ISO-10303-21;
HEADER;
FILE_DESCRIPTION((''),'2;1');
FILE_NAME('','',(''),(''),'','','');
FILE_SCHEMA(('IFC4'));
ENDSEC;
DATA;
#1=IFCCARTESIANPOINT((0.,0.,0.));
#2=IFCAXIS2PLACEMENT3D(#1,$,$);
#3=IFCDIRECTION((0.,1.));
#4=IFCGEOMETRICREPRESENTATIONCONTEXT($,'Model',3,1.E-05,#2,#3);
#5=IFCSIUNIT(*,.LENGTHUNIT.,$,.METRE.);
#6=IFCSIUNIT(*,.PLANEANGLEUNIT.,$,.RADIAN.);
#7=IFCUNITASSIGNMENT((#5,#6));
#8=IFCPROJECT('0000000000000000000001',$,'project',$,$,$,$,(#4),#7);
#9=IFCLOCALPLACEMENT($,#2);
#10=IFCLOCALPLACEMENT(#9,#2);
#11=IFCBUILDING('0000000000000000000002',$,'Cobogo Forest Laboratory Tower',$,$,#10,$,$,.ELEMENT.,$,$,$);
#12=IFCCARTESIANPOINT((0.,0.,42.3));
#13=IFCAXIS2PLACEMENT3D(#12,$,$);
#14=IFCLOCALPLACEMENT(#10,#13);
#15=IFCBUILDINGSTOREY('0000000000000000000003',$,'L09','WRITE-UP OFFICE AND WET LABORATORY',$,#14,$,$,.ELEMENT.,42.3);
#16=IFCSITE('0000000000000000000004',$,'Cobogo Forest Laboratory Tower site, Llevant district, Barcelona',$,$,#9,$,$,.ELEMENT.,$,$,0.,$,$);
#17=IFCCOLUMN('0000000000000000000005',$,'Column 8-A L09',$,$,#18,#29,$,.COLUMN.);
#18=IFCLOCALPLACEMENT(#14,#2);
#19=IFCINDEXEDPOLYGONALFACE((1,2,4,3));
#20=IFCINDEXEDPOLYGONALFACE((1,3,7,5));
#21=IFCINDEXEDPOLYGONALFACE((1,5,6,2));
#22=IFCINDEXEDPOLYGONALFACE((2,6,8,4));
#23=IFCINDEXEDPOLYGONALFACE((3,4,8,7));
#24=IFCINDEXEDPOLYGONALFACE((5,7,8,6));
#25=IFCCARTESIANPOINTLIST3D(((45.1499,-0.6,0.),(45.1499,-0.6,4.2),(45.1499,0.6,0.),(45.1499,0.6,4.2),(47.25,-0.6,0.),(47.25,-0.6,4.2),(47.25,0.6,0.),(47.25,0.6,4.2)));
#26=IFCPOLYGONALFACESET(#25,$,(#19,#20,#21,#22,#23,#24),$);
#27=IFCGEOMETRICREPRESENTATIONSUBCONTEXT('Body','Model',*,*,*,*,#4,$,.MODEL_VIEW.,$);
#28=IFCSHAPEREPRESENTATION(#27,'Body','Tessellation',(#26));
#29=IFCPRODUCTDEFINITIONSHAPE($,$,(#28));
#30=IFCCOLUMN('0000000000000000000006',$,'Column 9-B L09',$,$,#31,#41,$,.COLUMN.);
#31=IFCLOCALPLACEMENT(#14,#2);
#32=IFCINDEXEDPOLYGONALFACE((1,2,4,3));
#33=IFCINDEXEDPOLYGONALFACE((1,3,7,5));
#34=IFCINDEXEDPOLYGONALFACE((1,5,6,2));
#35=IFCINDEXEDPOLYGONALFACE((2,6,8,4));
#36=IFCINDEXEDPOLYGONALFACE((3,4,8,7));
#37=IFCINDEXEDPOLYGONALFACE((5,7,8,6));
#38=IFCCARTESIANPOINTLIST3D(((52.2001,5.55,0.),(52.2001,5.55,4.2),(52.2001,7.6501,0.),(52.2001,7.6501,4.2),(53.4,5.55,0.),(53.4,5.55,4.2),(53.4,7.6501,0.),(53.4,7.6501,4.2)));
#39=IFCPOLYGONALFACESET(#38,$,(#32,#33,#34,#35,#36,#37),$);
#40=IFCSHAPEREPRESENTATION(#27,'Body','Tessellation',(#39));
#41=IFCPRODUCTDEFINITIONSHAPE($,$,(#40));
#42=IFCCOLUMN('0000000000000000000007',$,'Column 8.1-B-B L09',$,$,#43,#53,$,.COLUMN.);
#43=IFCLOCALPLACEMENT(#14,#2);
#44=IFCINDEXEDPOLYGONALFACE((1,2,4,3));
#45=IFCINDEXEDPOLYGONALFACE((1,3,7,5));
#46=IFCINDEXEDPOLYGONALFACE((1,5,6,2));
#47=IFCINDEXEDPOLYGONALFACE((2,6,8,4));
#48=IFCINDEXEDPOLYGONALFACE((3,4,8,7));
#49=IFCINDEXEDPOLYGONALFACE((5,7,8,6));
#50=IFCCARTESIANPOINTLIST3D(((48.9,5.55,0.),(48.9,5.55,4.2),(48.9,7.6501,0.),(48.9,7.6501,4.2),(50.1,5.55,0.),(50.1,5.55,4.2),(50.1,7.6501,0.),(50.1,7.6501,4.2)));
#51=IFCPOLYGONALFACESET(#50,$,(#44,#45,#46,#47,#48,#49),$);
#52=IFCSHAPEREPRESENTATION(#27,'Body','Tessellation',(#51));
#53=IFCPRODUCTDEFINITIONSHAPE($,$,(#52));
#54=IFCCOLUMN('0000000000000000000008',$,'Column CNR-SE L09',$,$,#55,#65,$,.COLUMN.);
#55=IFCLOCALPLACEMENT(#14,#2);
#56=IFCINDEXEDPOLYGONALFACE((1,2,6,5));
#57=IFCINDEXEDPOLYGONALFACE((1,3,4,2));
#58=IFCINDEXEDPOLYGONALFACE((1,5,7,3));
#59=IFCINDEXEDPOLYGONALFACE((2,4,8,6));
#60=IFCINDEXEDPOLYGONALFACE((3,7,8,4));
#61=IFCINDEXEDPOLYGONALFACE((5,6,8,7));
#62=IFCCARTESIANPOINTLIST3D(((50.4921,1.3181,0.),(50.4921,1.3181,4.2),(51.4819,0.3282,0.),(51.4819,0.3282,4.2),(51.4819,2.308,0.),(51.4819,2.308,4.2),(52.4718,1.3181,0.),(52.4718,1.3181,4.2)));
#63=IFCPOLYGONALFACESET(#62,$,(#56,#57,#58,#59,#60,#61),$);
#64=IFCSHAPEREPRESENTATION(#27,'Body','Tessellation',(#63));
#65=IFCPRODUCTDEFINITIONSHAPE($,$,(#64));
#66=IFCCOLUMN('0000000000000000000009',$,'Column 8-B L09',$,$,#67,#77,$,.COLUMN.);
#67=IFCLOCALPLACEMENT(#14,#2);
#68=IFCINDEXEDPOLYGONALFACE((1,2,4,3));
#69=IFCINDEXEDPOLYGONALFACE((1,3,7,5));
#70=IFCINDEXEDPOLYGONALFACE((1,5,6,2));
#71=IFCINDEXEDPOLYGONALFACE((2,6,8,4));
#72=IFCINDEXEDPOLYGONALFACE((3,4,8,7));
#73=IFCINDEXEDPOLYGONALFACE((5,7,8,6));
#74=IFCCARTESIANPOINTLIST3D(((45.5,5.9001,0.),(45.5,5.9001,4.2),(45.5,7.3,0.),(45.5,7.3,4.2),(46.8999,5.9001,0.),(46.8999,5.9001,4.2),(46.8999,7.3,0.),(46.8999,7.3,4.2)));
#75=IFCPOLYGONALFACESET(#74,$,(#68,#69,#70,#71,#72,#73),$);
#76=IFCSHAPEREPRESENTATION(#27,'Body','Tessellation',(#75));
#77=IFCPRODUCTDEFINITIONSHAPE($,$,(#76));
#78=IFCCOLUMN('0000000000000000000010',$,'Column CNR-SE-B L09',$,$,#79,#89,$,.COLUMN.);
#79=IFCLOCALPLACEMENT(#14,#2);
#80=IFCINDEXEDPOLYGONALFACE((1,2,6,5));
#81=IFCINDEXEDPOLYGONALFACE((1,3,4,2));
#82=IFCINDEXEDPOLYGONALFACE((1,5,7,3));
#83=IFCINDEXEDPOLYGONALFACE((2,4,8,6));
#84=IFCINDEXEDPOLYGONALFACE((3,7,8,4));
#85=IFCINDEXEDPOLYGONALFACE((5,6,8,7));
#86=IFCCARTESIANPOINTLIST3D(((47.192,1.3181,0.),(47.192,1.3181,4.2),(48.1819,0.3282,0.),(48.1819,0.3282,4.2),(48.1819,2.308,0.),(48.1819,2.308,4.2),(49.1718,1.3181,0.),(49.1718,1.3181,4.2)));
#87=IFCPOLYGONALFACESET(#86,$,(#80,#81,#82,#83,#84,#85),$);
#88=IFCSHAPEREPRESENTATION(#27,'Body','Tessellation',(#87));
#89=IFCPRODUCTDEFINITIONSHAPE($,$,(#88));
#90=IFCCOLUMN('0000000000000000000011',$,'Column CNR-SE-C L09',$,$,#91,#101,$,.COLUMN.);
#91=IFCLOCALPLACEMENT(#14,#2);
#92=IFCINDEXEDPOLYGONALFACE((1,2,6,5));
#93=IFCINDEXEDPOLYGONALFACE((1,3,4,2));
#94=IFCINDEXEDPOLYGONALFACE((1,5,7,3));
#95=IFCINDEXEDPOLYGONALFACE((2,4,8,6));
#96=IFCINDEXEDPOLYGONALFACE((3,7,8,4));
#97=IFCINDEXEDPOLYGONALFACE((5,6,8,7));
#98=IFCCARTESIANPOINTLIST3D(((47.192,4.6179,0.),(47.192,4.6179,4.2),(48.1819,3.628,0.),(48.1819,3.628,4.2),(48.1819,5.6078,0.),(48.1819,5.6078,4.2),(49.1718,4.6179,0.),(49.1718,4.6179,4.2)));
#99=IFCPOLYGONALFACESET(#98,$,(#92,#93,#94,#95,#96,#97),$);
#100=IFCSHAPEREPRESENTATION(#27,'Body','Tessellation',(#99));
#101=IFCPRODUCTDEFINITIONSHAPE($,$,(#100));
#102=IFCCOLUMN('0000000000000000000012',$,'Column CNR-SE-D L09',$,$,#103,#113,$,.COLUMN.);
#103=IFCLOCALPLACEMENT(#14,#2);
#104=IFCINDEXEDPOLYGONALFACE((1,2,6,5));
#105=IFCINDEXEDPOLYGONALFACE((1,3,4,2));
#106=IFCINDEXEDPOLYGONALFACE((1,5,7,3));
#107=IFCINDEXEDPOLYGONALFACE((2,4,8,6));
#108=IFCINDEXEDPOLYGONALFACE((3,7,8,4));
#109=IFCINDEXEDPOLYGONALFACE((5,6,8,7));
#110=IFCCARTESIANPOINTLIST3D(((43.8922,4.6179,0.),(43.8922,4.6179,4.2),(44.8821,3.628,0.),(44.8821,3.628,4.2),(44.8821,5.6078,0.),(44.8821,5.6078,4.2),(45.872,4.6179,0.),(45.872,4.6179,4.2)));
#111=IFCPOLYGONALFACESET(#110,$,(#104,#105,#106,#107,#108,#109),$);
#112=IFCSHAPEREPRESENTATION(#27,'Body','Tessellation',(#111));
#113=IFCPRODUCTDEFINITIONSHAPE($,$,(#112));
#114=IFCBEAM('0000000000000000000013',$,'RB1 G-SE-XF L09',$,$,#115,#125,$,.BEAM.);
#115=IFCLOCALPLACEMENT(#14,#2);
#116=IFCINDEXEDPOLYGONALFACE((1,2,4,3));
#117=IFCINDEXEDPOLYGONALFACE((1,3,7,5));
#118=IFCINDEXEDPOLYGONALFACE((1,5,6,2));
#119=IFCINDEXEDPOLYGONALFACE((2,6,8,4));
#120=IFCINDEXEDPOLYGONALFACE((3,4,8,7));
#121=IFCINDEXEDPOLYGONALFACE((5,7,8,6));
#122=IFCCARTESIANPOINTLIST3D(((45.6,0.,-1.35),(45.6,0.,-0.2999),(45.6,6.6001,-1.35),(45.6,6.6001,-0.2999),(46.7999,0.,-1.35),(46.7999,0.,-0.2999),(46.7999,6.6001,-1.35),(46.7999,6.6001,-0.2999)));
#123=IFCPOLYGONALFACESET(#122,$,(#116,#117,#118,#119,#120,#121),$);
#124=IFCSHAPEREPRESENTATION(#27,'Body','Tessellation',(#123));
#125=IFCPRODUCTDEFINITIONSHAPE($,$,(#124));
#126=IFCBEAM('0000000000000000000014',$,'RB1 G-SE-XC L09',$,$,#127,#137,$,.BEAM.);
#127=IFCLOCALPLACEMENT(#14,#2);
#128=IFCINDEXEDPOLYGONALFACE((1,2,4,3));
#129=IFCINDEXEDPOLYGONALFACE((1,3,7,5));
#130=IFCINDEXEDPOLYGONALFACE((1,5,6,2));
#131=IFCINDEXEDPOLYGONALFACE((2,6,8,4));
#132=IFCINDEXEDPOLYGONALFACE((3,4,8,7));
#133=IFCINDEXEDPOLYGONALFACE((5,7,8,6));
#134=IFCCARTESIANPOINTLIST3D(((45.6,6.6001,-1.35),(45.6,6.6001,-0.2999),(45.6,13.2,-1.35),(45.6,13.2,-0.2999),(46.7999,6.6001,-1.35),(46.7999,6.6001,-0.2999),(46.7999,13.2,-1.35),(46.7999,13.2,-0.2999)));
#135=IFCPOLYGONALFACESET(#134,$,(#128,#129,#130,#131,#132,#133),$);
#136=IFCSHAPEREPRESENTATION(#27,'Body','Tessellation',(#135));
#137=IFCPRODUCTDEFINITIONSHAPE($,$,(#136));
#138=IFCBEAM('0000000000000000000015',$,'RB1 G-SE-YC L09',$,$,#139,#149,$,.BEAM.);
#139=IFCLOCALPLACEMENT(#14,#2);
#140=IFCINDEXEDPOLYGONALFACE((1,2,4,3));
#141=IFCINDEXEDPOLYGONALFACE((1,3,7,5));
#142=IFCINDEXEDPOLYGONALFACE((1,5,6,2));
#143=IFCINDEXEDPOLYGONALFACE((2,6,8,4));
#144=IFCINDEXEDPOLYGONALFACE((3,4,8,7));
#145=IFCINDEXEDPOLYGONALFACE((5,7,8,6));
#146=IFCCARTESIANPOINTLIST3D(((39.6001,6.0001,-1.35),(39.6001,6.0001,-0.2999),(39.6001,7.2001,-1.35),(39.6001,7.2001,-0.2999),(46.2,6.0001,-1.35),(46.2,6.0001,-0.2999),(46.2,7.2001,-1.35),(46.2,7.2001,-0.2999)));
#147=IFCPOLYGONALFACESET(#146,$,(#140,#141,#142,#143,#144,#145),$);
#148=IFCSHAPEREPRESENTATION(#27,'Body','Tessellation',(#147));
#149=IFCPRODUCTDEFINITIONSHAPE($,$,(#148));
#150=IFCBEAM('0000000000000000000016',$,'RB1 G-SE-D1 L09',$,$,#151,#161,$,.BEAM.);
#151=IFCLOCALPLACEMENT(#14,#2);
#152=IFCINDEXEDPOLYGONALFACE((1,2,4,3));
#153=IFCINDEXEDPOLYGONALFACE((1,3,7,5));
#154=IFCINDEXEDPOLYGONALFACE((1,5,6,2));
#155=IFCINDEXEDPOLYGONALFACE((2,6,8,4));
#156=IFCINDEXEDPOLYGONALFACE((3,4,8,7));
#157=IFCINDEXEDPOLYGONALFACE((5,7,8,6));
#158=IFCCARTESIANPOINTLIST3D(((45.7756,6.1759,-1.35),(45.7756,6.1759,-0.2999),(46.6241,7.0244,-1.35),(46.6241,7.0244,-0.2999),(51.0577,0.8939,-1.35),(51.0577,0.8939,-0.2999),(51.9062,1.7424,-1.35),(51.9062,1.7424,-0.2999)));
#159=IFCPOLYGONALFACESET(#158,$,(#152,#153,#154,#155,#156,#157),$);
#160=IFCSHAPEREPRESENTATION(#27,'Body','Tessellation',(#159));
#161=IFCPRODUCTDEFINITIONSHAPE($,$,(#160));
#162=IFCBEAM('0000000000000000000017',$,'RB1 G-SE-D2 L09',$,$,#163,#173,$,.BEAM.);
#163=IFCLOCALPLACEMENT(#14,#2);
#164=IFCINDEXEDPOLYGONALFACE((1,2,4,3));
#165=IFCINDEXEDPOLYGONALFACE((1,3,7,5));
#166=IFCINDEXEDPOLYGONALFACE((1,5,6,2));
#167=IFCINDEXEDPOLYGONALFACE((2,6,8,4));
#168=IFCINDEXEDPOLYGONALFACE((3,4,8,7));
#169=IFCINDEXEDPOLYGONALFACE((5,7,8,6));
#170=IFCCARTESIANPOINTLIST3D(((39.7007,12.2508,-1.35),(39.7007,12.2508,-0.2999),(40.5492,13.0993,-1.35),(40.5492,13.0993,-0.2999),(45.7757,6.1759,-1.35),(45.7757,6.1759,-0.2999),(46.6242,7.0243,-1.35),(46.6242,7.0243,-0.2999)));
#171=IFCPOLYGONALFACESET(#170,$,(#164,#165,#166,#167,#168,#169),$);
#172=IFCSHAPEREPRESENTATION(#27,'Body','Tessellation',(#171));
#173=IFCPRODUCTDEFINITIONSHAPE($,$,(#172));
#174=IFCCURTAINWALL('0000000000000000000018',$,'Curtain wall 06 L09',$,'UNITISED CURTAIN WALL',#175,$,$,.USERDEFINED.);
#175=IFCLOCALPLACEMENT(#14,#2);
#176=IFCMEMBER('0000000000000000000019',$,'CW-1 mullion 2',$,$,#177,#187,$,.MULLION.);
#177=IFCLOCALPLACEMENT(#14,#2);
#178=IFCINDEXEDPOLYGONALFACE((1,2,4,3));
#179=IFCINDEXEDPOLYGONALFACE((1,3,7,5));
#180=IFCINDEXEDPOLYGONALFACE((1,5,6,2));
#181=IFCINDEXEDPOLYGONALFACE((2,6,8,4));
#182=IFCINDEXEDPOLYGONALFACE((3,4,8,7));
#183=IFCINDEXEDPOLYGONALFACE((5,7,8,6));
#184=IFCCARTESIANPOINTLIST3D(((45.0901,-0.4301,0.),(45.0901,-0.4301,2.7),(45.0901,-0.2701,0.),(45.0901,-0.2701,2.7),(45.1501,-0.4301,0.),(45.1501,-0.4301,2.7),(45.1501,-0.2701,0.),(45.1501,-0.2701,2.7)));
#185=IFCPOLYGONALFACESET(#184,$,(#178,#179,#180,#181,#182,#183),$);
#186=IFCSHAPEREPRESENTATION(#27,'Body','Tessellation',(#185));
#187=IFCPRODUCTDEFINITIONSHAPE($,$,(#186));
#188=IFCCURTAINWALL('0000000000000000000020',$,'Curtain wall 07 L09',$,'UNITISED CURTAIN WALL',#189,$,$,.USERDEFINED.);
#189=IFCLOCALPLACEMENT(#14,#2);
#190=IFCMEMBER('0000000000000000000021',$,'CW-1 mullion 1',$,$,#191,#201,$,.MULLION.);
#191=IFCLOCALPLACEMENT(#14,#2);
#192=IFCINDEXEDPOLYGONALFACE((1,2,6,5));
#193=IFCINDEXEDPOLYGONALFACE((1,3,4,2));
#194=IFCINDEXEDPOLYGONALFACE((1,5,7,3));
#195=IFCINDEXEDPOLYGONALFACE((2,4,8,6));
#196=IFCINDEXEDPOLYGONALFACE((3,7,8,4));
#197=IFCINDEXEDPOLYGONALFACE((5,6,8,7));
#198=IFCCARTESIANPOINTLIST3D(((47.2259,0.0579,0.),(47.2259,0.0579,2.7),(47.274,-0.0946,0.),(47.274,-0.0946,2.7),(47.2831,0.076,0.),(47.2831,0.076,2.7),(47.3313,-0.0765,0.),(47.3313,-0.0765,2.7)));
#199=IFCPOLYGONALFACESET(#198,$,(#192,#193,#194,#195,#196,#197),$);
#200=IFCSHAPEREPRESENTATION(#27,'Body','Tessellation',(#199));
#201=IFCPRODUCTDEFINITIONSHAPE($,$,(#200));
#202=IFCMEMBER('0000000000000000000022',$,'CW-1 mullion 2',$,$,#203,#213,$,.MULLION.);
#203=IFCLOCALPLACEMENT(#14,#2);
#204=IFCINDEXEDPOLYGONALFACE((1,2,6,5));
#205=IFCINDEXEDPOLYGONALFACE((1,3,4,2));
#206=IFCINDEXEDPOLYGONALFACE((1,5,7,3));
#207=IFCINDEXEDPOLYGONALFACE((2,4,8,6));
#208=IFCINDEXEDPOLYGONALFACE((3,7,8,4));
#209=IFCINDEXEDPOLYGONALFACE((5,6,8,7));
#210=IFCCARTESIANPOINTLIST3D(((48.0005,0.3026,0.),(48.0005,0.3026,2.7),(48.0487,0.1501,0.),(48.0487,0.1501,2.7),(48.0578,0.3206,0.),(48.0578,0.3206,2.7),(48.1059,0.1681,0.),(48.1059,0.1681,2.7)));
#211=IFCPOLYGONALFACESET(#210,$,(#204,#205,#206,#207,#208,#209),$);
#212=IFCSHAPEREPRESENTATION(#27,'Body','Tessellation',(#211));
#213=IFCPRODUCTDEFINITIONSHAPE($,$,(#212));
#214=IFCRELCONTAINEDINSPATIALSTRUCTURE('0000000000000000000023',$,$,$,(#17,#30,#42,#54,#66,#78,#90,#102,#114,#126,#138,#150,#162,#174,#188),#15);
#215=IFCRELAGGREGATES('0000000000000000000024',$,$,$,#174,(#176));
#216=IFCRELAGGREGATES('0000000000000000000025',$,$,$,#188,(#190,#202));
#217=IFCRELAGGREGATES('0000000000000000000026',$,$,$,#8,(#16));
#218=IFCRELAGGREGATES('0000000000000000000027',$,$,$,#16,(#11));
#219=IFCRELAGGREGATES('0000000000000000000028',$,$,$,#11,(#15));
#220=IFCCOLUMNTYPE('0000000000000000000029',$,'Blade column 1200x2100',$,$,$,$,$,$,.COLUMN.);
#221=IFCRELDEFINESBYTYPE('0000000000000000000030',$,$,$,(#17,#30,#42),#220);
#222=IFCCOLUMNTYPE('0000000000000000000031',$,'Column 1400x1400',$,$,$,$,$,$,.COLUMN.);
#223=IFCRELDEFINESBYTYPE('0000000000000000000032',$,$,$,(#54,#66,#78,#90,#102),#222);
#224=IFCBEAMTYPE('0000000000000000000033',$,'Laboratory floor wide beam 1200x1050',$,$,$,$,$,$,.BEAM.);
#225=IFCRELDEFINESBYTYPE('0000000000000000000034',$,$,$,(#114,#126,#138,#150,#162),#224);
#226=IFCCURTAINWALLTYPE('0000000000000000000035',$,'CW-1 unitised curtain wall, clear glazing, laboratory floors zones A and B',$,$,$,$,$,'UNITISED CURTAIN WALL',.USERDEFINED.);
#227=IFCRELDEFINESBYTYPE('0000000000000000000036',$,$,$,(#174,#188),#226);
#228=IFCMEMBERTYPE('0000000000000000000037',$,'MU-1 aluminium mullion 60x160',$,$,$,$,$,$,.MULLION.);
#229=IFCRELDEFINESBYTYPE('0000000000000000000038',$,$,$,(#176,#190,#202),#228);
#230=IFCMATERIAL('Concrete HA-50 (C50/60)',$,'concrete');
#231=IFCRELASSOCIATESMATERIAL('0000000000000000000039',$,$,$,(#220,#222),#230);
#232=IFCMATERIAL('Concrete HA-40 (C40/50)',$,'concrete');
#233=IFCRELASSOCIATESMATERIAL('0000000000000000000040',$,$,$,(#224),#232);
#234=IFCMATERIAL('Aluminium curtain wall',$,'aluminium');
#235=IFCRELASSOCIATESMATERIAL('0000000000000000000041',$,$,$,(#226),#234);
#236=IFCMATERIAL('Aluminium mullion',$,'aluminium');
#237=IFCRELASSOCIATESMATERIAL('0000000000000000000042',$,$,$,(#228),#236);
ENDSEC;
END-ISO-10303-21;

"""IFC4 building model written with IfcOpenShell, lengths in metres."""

from ifc_helpers import new_model, si_unit, direction, frame, origin, origin_2d, place, context, subcontext, project, spatial, rectangle, extrude, material, material_profile, profile_set, type_object, element, aggregate, save


model = new_model("IFC4")

# Units and contexts
model_context = context("Model", 3, precision=1e-05, world=origin(), true_north=direction((0.0, 1.0)))
body_context = subcontext(model_context, "Body", "Model", "MODEL_VIEW")
ifc_project = project(units=[si_unit("LENGTHUNIT", "METRE"), si_unit("PLANEANGLEUNIT", "RADIAN")], contexts=[model_context])

# Site, building, storey
site_placement = place(None, origin())
site = spatial("IfcSite", under=ifc_project, at=site_placement, Name="Cobogo Forest Laboratory Tower site, Llevant district, Barcelona", CompositionType="ELEMENT", RefElevation=0.0)
building_placement = place(site_placement, origin())
building = spatial("IfcBuilding", under=site, at=building_placement, Name="Cobogo Forest Laboratory Tower", CompositionType="ELEMENT")
storey_placement = place(building_placement, frame((0.0, 0.0, 42.3)))
storey = spatial("IfcBuildingStorey", under=building, at=storey_placement, Name="L09", Description="WRITE-UP OFFICE AND WET LABORATORY", CompositionType="ELEMENT", Elevation=42.3)

# Columns
ifc_material_1 = material(Name="Concrete HA-50 (C50/60)", Category="concrete")
ifc_material_profile_1 = material_profile(ifc_material_1, rectangle(XDim=2.1001, YDim=1.2, at=origin_2d()), Name="RC 1200x2100")
ifc_profile_set_1 = profile_set([ifc_material_profile_1], Name="Concrete HA-50 (C50/60)")
column_type_1 = type_object("IfcColumnType", Name="Blade column 1200x2100", PredefinedType="COLUMN", material=ifc_profile_set_1)
for number, where, z_axis, x_axis, name in (
    (1, (46.2, 0.0, 0.0), (0.0, 0.0, 1.0), (1.0, 0.0, 0.0), "Column 8-A L09"),
    (2, (52.8, 6.6001, 0.0), (0.0, 0.0, 1.0), (0.0, 1.0, 0.0), "Column 9-B L09"),
    (3, (49.5, 6.6001, 0.0), (0.0, 0.0, 1.0), (0.0, 1.0, 0.0), "Column 8.1-B-B L09"),
):
    element("IfcColumn", number, at=place(storey_placement, frame(where, z_axis=z_axis, x_axis=x_axis)), inside=storey, type_object=column_type_1, Name=name, PredefinedType="COLUMN", context=body_context, shape_type="SweptSolid", body=[
        extrude(rectangle(XDim=2.1001, YDim=1.2, at=origin_2d()), origin(), (0.0, 0.0, 1.0), 4.2),
    ])
ifc_material_profile_2 = material_profile(ifc_material_1, rectangle(XDim=1.3999, YDim=1.3999, at=origin_2d()), Name="RC 1400x1400")
ifc_profile_set_2 = profile_set([ifc_material_profile_2], Name="Concrete HA-50 (C50/60)")
column_type_2 = type_object("IfcColumnType", Name="Column 1400x1400", PredefinedType="COLUMN", material=ifc_profile_set_2)
for number, where, z_axis, x_axis, name in (
    (4, (51.4819, 1.3181, 0.0), (0.0, 0.0, 1.0), (0.707107, 0.707107, 0.0), "Column CNR-SE L09"),
    (5, (46.2, 6.6001, 0.0), (0.0, 0.0, 1.0), (1.0, 0.0, 0.0), "Column 8-B L09"),
    (6, (48.1819, 1.3181, 0.0), (0.0, 0.0, 1.0), (0.707107, 0.707107, 0.0), "Column CNR-SE-B L09"),
    (7, (48.1819, 4.6179, 0.0), (0.0, 0.0, 1.0), (0.707107, 0.707107, 0.0), "Column CNR-SE-C L09"),
    (8, (44.8821, 4.6179, 0.0), (0.0, 0.0, 1.0), (0.707107, 0.707107, 0.0), "Column CNR-SE-D L09"),
):
    element("IfcColumn", number, at=place(storey_placement, frame(where, z_axis=z_axis, x_axis=x_axis)), inside=storey, type_object=column_type_2, Name=name, PredefinedType="COLUMN", context=body_context, shape_type="SweptSolid", body=[
        extrude(rectangle(XDim=1.3999, YDim=1.3999, at=origin_2d()), origin(), (0.0, 0.0, 1.0), 4.2),
    ])

# Beams
ifc_material_2 = material(Name="Concrete HA-40 (C40/50)", Category="concrete")
ifc_material_profile_3 = material_profile(ifc_material_2, rectangle(XDim=1.2, YDim=1.05, at=origin_2d()), Name="RC 1200x1050")
ifc_profile_set_3 = profile_set([ifc_material_profile_3], Name="Concrete HA-40 (C40/50)")
beam_type_1 = type_object("IfcBeamType", Name="Laboratory floor wide beam 1200x1050", PredefinedType="BEAM", material=ifc_profile_set_3)
beam_1_placement = place(storey_placement, frame((46.2, 0.0, -0.825), z_axis=(0.0, 1.0, 0.0), x_axis=(-1.0, 0.0, 0.0)))
element("IfcBeam", 9, at=beam_1_placement, inside=storey, type_object=beam_type_1, Name="RB1 G-SE-XF L09", PredefinedType="BEAM", context=body_context, shape_type="SweptSolid", body=[
    extrude(rectangle(XDim=1.2, YDim=1.05, at=origin_2d()), origin(), (0.0, 0.0, 1.0), 6.6001),
])
for number, where, z_axis, x_axis, name in (
    (10, (46.2, 6.6001, -0.825), (0.0, 1.0, 0.0), (-1.0, 0.0, 0.0), "RB1 G-SE-XC L09"),
    (11, (46.2, 6.6001, -0.825), (-1.0, 0.0, 0.0), (0.0, -1.0, 0.0), "RB1 G-SE-YC L09"),
):
    element("IfcBeam", number, at=place(storey_placement, frame(where, z_axis=z_axis, x_axis=x_axis)), inside=storey, type_object=beam_type_1, Name=name, PredefinedType="BEAM", context=body_context, shape_type="SweptSolid", body=[
        extrude(rectangle(XDim=1.2, YDim=1.05, at=origin_2d()), origin(), (0.0, 0.0, 1.0), 6.5999),
    ])
beam_2_placement = place(storey_placement, frame((51.4819, 1.3181, -0.825), z_axis=(-0.707107, 0.707107, 0.0), x_axis=(-0.707107, -0.707107, 0.0)))
element("IfcBeam", 12, at=beam_2_placement, inside=storey, type_object=beam_type_1, Name="RB1 G-SE-D1 L09", PredefinedType="BEAM", context=body_context, shape_type="SweptSolid", body=[
    extrude(rectangle(XDim=1.2, YDim=1.05, at=origin_2d()), origin(), (0.0, 0.0, 1.0), 7.47),
])
beam_3_placement = place(storey_placement, frame((46.2, 6.6001, -0.825), z_axis=(-0.707107, 0.707107, 0.0), x_axis=(-0.707107, -0.707107, 0.0)))
element("IfcBeam", 13, at=beam_3_placement, inside=storey, type_object=beam_type_1, Name="RB1 G-SE-D2 L09", PredefinedType="BEAM", context=body_context, shape_type="SweptSolid", body=[
    extrude(rectangle(XDim=1.2, YDim=1.05, at=origin_2d()), origin(), (0.0, 0.0, 1.0), 8.5913),
])

# Curtain wall, member
ifc_material_3 = material(Name="Aluminium curtain wall", Category="aluminium")
curtain_wall_type = type_object("IfcCurtainWallType", Name="CW-1 unitised curtain wall, clear glazing, laboratory floors zones A and B", ElementType="UNITISED CURTAIN WALL", PredefinedType="USERDEFINED", material=ifc_material_3)
curtain_wall_1_placement = place(storey_placement, origin())
curtain_wall_1 = element("IfcCurtainWall", 14, at=curtain_wall_1_placement, inside=storey, type_object=curtain_wall_type, Name="Curtain wall 06 L09", ObjectType="UNITISED CURTAIN WALL", PredefinedType="USERDEFINED")
ifc_material_4 = material(Name="Aluminium mullion", Category="aluminium")
ifc_material_profile_4 = material_profile(ifc_material_4, rectangle(XDim=0.0601, YDim=0.1599, at=origin_2d()), Name="AL 60x160")
ifc_profile_set_4 = profile_set([ifc_material_profile_4], Name="Aluminium mullion")
member_type_1 = type_object("IfcMemberType", Name="MU-1 aluminium mullion 60x160", PredefinedType="MULLION", material=ifc_profile_set_4)
member_1_placement = place(storey_placement, frame((45.1201, -0.3501, 0.0), z_axis=(0.0, 0.0, 1.0), x_axis=(1.0, 0.0, 0.0)))
member_1 = element("IfcMember", 15, at=member_1_placement, type_object=member_type_1, Name="CW-1 mullion 2", PredefinedType="MULLION", context=body_context, shape_type="SweptSolid", body=[
    extrude(rectangle(XDim=0.0601, YDim=0.1599, at=origin_2d()), origin(), (0.0, 0.0, 1.0), 2.7),
])
aggregate(curtain_wall_1, [member_1])

# Curtain wall, members
curtain_wall_2_placement = place(storey_placement, origin())
curtain_wall_2 = element("IfcCurtainWall", 16, at=curtain_wall_2_placement, inside=storey, type_object=curtain_wall_type, Name="Curtain wall 07 L09", ObjectType="UNITISED CURTAIN WALL", PredefinedType="USERDEFINED")
member_2_placement = place(storey_placement, frame((47.2786, -0.0093, 0.0), z_axis=(0.0, 0.0, 1.0), x_axis=(0.953582, 0.301135, 0.0)))
member_2 = element("IfcMember", 17, at=member_2_placement, type_object=member_type_1, Name="CW-1 mullion 1", PredefinedType="MULLION", context=body_context, shape_type="SweptSolid", body=[
    extrude(rectangle(XDim=0.0601, YDim=0.1599, at=origin_2d()), origin(), (0.0, 0.0, 1.0), 2.7),
])
member_3_placement = place(storey_placement, frame((48.0532, 0.2354, 0.0), z_axis=(0.0, 0.0, 1.0), x_axis=(0.953582, 0.301135, 0.0)))
member_3 = element("IfcMember", 18, at=member_3_placement, type_object=member_type_1, Name="CW-1 mullion 2", PredefinedType="MULLION", context=body_context, shape_type="SweptSolid", body=[
    extrude(rectangle(XDim=0.0601, YDim=0.1599, at=origin_2d()), origin(), (0.0, 0.0, 1.0), 2.7),
])

aggregate(curtain_wall_2, [member_2, member_3])

save(model, "model.ifc")
